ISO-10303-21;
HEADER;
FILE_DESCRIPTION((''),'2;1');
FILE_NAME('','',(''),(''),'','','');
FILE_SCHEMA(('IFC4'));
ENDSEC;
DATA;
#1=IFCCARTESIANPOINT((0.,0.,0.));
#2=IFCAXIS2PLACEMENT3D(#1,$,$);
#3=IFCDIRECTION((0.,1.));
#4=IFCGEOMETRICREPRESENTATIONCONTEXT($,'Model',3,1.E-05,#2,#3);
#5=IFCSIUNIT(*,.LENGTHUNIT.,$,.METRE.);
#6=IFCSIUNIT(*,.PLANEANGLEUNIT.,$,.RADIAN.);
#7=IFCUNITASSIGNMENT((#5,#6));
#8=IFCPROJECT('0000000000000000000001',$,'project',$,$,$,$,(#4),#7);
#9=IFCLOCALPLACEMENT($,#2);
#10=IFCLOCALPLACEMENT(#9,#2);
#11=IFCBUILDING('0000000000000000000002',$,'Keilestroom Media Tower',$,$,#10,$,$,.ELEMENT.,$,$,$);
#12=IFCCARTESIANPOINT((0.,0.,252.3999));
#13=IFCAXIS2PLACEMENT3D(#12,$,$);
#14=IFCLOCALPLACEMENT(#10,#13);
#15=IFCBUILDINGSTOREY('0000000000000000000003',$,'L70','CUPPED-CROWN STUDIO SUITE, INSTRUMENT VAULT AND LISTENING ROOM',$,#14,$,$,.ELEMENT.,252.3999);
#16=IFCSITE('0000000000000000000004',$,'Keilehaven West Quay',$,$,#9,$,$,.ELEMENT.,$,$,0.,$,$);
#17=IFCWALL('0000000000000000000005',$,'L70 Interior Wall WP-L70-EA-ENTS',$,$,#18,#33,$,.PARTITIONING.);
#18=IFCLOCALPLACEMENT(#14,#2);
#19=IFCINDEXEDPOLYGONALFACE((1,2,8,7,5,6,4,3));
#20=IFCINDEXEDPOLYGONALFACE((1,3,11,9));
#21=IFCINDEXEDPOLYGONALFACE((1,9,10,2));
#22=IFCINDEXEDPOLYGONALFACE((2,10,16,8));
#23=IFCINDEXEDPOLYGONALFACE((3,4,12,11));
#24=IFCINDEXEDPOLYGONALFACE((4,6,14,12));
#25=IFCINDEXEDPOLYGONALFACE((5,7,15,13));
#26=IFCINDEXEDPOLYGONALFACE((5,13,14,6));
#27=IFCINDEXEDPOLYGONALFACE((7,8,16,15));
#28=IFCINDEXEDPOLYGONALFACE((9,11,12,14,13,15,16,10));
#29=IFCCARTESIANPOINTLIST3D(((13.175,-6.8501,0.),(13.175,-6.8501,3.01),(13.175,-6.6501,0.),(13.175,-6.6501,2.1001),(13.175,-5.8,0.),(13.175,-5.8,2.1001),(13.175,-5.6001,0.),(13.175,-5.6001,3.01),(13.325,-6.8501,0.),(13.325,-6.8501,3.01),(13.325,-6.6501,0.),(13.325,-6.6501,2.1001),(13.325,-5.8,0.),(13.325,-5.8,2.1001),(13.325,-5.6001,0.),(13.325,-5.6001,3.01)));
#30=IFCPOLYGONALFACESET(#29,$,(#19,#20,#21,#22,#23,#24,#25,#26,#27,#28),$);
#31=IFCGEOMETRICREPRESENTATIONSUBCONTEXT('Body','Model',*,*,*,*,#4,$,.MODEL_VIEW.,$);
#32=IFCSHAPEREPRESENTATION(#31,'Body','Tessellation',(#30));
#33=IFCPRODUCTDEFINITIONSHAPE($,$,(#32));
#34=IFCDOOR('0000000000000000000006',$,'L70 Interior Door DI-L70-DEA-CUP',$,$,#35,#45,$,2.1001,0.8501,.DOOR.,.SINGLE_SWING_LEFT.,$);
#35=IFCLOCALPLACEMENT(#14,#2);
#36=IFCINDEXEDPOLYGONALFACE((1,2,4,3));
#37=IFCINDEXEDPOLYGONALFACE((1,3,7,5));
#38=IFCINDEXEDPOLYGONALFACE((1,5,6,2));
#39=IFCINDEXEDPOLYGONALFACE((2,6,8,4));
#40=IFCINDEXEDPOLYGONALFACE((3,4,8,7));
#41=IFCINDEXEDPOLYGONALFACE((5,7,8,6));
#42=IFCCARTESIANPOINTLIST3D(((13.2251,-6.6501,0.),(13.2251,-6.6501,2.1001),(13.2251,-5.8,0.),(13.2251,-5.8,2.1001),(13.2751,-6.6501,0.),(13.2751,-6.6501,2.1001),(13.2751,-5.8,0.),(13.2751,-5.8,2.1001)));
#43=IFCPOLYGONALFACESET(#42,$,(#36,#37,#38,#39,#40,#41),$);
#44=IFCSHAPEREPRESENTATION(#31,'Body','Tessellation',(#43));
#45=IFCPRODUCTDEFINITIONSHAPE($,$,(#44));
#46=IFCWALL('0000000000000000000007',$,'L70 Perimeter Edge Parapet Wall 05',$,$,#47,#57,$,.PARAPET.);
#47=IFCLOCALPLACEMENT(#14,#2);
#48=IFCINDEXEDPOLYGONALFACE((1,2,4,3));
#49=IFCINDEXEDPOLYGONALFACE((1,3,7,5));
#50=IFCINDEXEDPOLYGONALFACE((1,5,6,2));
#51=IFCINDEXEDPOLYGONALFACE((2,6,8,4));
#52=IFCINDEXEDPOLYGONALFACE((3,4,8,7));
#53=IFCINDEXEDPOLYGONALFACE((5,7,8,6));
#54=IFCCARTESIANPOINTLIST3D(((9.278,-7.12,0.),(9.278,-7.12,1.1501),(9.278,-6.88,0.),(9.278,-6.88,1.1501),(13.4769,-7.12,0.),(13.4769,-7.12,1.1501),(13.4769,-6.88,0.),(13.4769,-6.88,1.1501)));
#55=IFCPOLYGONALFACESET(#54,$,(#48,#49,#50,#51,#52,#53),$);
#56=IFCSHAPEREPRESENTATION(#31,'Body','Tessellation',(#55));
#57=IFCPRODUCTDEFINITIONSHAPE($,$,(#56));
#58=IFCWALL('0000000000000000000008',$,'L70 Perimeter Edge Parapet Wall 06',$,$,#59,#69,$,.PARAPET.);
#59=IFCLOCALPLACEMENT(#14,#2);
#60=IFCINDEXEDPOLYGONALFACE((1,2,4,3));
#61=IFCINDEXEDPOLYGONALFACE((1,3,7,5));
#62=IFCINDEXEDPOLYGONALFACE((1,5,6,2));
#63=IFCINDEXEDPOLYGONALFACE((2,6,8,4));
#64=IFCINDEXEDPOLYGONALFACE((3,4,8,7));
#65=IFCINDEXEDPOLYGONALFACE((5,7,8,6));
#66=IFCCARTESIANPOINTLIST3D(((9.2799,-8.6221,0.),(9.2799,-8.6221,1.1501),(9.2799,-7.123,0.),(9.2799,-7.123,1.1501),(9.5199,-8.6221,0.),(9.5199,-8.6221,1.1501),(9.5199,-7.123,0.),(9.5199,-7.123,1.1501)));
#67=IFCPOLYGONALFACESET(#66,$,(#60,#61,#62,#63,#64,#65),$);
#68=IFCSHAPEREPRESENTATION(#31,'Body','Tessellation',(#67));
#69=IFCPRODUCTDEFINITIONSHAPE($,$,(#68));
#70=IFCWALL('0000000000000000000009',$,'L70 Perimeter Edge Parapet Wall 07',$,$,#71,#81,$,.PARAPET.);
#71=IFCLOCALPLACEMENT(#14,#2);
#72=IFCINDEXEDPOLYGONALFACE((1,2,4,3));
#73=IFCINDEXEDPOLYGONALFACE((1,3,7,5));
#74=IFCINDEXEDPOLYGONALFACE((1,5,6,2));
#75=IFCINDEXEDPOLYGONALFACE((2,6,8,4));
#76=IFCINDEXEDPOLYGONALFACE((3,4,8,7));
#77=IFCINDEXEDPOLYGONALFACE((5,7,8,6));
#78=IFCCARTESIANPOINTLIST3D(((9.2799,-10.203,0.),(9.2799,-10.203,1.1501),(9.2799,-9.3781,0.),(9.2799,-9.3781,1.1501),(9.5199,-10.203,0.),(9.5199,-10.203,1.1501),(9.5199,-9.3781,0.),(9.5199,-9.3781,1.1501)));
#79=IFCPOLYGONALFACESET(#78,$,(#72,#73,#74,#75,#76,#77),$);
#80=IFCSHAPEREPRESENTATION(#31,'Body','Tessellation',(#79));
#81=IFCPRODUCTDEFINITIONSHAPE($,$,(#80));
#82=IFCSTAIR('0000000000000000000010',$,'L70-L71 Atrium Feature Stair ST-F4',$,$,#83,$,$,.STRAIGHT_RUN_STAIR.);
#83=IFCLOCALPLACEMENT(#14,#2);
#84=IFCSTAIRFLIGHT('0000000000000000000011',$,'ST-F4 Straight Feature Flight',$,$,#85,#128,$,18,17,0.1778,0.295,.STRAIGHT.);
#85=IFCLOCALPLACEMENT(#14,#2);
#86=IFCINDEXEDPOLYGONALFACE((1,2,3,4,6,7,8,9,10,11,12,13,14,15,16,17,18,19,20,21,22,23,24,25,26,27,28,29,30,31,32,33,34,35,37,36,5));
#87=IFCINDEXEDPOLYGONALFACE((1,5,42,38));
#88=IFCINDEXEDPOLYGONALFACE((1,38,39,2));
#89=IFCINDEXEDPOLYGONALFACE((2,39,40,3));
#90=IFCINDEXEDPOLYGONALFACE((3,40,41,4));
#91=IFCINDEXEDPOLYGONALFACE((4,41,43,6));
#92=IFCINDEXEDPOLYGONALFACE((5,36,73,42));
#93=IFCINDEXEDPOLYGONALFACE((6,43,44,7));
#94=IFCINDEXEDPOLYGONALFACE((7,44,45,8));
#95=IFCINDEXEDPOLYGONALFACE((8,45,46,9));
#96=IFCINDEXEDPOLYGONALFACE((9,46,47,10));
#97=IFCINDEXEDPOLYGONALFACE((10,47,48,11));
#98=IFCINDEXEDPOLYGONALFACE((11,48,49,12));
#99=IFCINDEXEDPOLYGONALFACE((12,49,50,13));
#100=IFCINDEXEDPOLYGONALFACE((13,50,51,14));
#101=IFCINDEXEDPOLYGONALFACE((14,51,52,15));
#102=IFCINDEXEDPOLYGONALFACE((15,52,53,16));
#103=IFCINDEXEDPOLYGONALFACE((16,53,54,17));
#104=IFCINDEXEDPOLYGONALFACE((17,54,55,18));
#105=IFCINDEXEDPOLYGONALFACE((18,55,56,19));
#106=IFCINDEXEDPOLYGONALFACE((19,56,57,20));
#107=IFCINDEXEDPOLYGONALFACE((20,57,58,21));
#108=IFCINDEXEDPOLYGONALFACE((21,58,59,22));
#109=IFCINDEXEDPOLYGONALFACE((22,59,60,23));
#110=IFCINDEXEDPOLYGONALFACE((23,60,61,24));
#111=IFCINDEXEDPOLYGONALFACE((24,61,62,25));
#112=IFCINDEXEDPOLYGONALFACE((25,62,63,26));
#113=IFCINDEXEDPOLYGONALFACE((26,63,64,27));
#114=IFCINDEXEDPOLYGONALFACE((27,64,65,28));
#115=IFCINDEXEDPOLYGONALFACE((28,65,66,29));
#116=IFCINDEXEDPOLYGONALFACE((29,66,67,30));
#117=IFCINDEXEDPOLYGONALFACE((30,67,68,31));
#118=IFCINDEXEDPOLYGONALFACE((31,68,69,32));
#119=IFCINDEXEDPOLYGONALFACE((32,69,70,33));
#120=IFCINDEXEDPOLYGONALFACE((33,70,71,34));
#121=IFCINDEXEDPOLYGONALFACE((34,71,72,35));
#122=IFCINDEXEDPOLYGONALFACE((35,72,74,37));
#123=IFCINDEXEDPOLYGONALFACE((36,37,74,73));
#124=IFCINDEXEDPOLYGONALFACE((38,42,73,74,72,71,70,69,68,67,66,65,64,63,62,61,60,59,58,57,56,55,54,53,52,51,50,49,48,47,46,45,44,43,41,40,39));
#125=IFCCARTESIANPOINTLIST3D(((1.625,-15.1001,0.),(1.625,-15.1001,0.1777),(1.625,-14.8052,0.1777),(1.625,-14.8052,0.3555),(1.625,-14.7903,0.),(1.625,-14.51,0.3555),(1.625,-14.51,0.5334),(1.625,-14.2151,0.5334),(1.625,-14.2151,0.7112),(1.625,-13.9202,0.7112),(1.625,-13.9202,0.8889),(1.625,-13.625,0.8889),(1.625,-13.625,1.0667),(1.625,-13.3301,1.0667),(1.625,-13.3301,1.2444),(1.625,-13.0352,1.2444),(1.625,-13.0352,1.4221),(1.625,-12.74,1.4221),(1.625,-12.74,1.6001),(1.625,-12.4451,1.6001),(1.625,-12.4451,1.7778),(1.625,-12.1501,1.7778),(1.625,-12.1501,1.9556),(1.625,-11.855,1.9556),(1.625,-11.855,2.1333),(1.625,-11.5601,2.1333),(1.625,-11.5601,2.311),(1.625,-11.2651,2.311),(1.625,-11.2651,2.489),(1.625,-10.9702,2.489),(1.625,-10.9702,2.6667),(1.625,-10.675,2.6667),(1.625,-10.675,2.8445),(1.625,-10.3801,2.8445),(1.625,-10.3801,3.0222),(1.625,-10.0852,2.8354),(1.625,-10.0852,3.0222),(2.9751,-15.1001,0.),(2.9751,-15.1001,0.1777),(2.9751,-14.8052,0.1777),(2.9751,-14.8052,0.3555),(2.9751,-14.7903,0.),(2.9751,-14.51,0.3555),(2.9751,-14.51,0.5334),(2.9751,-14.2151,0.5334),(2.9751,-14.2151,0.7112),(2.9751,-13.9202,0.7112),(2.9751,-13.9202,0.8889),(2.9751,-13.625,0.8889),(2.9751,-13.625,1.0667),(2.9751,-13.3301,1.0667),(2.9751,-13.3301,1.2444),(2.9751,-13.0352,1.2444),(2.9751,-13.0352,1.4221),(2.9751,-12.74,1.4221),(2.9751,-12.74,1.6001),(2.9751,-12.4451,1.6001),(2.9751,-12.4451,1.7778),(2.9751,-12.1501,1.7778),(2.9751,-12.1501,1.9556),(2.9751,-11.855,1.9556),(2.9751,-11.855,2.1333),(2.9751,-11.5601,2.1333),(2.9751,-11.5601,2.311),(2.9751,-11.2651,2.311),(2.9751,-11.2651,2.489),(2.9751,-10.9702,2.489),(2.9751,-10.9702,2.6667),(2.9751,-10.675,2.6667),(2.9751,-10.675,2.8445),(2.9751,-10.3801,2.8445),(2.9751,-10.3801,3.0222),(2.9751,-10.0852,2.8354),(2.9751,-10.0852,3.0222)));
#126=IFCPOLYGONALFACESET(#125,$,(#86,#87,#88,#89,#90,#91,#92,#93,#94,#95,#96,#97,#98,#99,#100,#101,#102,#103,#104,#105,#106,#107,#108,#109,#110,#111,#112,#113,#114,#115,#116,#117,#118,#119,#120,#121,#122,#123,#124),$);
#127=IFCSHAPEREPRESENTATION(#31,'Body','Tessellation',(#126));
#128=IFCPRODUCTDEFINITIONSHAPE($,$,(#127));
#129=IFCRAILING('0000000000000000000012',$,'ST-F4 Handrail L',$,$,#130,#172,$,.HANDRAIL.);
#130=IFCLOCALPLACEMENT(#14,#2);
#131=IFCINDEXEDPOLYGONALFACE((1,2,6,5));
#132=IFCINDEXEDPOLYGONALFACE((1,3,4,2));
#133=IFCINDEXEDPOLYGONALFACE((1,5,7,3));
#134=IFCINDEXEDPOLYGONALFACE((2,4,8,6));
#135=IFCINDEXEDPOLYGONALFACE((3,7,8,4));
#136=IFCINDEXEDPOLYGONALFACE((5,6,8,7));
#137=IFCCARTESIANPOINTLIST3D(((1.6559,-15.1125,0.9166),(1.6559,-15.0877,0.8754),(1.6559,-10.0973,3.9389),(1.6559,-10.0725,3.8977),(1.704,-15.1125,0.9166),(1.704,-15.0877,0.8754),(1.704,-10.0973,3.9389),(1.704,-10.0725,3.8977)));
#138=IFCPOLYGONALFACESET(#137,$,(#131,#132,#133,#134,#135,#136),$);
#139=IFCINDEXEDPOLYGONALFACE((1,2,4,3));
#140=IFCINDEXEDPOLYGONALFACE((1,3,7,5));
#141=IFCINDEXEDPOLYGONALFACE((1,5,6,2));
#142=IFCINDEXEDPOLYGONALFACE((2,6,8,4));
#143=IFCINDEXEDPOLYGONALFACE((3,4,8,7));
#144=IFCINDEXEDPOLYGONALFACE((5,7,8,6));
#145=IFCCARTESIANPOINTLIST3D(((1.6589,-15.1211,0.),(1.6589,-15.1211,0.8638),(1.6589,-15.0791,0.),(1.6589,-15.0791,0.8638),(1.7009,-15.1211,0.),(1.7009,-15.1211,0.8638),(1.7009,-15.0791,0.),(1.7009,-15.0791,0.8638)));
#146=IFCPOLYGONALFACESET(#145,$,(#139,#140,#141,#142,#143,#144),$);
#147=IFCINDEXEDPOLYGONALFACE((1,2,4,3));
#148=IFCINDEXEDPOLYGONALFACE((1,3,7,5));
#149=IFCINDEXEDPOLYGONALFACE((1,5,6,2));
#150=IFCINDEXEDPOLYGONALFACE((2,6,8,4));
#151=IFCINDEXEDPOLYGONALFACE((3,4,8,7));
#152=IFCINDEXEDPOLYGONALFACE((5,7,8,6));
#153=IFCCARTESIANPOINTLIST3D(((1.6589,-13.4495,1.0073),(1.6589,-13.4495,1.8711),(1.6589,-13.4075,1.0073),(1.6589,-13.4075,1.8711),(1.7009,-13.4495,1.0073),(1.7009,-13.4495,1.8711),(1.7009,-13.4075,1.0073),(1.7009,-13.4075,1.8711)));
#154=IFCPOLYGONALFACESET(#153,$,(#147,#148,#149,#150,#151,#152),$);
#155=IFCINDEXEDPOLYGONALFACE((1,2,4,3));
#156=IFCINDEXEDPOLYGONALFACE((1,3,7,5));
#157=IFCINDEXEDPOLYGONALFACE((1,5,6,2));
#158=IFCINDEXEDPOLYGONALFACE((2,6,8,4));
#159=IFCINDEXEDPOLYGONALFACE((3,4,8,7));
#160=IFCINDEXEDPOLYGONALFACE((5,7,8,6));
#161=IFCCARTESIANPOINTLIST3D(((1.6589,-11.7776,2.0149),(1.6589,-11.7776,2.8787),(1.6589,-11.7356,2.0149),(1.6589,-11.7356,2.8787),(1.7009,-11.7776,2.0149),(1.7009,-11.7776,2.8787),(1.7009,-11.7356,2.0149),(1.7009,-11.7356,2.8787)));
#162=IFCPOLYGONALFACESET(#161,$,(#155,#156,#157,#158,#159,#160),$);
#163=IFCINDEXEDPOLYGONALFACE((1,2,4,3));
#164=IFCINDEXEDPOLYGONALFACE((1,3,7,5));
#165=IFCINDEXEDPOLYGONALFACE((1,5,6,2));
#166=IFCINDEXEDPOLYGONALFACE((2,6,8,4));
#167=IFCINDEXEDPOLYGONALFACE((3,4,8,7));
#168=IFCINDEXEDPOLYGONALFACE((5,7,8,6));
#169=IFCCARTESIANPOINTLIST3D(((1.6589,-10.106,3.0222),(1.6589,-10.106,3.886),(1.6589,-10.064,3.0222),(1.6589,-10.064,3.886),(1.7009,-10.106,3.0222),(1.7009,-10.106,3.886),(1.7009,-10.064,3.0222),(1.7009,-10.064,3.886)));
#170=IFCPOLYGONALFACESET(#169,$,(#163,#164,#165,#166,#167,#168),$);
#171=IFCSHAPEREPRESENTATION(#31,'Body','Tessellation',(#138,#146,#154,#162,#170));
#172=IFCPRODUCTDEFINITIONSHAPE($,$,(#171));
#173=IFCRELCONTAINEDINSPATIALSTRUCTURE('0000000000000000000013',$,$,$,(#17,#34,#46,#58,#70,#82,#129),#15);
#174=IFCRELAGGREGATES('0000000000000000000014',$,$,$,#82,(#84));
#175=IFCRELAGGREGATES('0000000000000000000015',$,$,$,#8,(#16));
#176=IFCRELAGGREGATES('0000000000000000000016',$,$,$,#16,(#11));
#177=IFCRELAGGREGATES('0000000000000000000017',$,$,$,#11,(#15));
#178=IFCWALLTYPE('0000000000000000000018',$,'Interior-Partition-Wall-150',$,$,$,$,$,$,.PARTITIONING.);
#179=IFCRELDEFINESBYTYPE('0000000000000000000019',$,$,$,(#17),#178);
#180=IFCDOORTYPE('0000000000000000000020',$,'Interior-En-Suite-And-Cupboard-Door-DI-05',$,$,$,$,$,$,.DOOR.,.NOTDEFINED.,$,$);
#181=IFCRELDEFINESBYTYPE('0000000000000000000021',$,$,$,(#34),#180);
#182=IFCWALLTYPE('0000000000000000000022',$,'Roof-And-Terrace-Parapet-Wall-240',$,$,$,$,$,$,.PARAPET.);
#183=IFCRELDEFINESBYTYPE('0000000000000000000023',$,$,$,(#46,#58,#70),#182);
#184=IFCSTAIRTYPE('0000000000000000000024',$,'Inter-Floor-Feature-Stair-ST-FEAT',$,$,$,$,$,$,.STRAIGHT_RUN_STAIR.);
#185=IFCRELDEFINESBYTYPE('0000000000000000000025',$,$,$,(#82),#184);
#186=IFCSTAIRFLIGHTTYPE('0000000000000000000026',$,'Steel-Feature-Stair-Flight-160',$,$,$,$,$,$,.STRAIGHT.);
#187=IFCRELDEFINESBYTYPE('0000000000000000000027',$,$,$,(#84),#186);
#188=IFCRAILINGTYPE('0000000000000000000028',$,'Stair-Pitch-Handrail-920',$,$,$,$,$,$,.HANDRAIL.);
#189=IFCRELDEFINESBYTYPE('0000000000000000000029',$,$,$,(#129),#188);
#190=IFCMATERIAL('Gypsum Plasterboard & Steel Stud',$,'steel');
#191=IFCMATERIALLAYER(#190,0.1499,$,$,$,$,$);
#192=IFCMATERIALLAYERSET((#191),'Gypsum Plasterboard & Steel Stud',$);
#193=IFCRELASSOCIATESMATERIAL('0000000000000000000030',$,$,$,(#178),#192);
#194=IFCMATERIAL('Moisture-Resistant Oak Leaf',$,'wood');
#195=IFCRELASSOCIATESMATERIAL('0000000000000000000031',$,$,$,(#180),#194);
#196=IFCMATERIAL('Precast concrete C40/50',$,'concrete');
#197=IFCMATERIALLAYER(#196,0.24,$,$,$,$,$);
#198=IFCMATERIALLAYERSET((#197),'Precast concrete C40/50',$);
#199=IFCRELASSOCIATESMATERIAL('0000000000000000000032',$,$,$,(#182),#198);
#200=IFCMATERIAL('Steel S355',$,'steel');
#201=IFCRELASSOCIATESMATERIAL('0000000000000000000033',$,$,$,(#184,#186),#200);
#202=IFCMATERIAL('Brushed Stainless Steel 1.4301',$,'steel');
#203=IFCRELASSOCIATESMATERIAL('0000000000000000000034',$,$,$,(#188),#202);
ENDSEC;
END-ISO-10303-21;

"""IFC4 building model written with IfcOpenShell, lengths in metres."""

from ifc_helpers import new_model, si_unit, direction, frame, frame_2d, origin, origin_2d, place, context, subcontext, project, spatial, polyline, rectangle, outline, extrude, source, transform, mapped, material, layer, layer_set, type_object, element, fill, aggregate, save


model = new_model("IFC4")

# Units and contexts
model_context = context("Model", 3, precision=1e-05, world=origin(), true_north=direction((0.0, 1.0)))
body_context = subcontext(model_context, "Body", "Model", "MODEL_VIEW")
ifc_project = project(units=[si_unit("LENGTHUNIT", "METRE"), si_unit("PLANEANGLEUNIT", "RADIAN")], contexts=[model_context])

# Site, building, storey
site_placement = place(None, origin())
site = spatial("IfcSite", under=ifc_project, at=site_placement, Name="Keilehaven West Quay", CompositionType="ELEMENT", RefElevation=0.0)
building_placement = place(site_placement, origin())
building = spatial("IfcBuilding", under=site, at=building_placement, Name="Keilestroom Media Tower", CompositionType="ELEMENT")
storey_placement = place(building_placement, frame((0.0, 0.0, 252.3999)))
storey = spatial("IfcBuildingStorey", under=building, at=storey_placement, Name="L70", Description="CUPPED-CROWN STUDIO SUITE, INSTRUMENT VAULT AND LISTENING ROOM", CompositionType="ELEMENT", Elevation=252.3999)

# Shared definitions
ifc_material_1 = material(Name="Steel S355", Category="steel")

# Shared definitions
ifc_material_2 = material(Name="Precast concrete C40/50", Category="concrete")
ifc_material_3 = material(Name="Gypsum Plasterboard & Steel Stud", Category="steel")
ifc_layer_1 = layer(ifc_material_3, 0.1499)
ifc_layer_set_1 = layer_set([ifc_layer_1], Name="Gypsum Plasterboard & Steel Stud")
wall_type_1 = type_object("IfcWallType", Name="Interior-Partition-Wall-150", PredefinedType="PARTITIONING", material=ifc_layer_set_1)

# Wall, opening, door
wall_1_placement = place(storey_placement, frame((13.25, -6.8501, 0.0), z_axis=(0.0, 0.0, 1.0), x_axis=(0.0, 1.0, 0.0)))
wall_1 = element("IfcWall", 1, at=wall_1_placement, inside=storey, type_object=wall_type_1, Name="L70 Interior Wall WP-L70-EA-ENTS", PredefinedType="PARTITIONING", context=body_context, shape_type="SweptSolid", body=[
    extrude(rectangle(XDim=1.25, YDim=0.1499, at=frame_2d((0.625, 0.0))), origin(), (0.0, 0.0, 1.0), 3.01),
])
opening_placement = place(wall_1_placement, frame((0.2, 0.0, 0.0)))
opening = element("IfcOpeningElement", 2, at=opening_placement, cuts=wall_1, PredefinedType="OPENING", context=body_context, shape_type="SweptSolid", body=[
    extrude(rectangle(XDim=0.8501, YDim=2.1001, at=frame_2d((0.425, 1.05))), frame((0.0, 0.085, 0.0), z_axis=(0.0, -1.0, 0.0), x_axis=(1.0, 0.0, 0.0)), (0.0, 0.0, 1.0), 0.1699),
])
ifc_material_4 = material(Name="Moisture-Resistant Oak Leaf", Category="wood")
door_type = type_object("IfcDoorType", Name="Interior-En-Suite-And-Cupboard-Door-DI-05", OperationType="NOTDEFINED", PredefinedType="DOOR", material=ifc_material_4)
shared_shape_1 = source(origin(), body_context, "Body", "SweptSolid", [
    extrude(rectangle(XDim=0.8501, YDim=2.1001, at=frame_2d((0.425, 1.05))), frame((0.0, 0.0249, 0.0), z_axis=(0.0, -1.0, 0.0), x_axis=(1.0, 0.0, 0.0)), (0.0, 0.0, 1.0), 0.05),
])
door_placement = place(opening_placement, origin())
door = element("IfcDoor", 3, at=door_placement, inside=storey, type_object=door_type, Name="L70 Interior Door DI-L70-DEA-CUP", OperationType="SINGLE_SWING_LEFT", OverallHeight=2.1001, OverallWidth=0.8501, PredefinedType="DOOR", context=body_context, shape_type="MappedRepresentation", body=[
    mapped(shared_shape_1, transform((0.0, 0.0, 0.0), x_axis=(1.0, 0.0, 0.0), y_axis=(0.0, 1.0, 0.0), z_axis=(0.0, 0.0, 1.0), scale=1.0)),
])
fill(opening, door)

# Walls
ifc_layer_2 = layer(ifc_material_2, 0.24)
ifc_layer_set_2 = layer_set([ifc_layer_2], Name="Precast concrete C40/50")
wall_type_2 = type_object("IfcWallType", Name="Roof-And-Terrace-Parapet-Wall-240", PredefinedType="PARAPET", material=ifc_layer_set_2)
wall_2_placement = place(storey_placement, frame((13.4771, -7.0, 0.0), z_axis=(0.0, 0.0, 1.0), x_axis=(-1.0, 0.0, 0.0)))
element("IfcWall", 4, at=wall_2_placement, inside=storey, type_object=wall_type_2, Name="L70 Perimeter Edge Parapet Wall 05", PredefinedType="PARAPET", context=body_context, shape_type="SweptSolid", body=[
    extrude(rectangle(XDim=4.199, YDim=0.24, at=frame_2d((2.0996, 0.0))), origin(), (0.0, 0.0, 1.0), 1.1501),
])
wall_3_placement = place(storey_placement, frame((9.3999, -7.123, 0.0), z_axis=(0.0, 0.0, 1.0), x_axis=(0.0, -1.0, 0.0)))
element("IfcWall", 5, at=wall_3_placement, inside=storey, type_object=wall_type_2, Name="L70 Perimeter Edge Parapet Wall 06", PredefinedType="PARAPET", context=body_context, shape_type="SweptSolid", body=[
    extrude(rectangle(XDim=1.499, YDim=0.24, at=frame_2d((0.7495, 0.0))), origin(), (0.0, 0.0, 1.0), 1.1501),
])
wall_4_placement = place(storey_placement, frame((9.3999, -9.3779, 0.0), z_axis=(0.0, 0.0, 1.0), x_axis=(0.0, -1.0, 0.0)))
element("IfcWall", 6, at=wall_4_placement, inside=storey, type_object=wall_type_2, Name="L70 Perimeter Edge Parapet Wall 07", PredefinedType="PARAPET", context=body_context, shape_type="SweptSolid", body=[
    extrude(rectangle(XDim=0.825, YDim=0.24, at=frame_2d((0.4126, 0.0))), origin(), (0.0, 0.0, 1.0), 1.1501),
])

# Stair, stair flight
stair_type = type_object("IfcStairType", Name="Inter-Floor-Feature-Stair-ST-FEAT", PredefinedType="STRAIGHT_RUN_STAIR", material=ifc_material_1)
stair_placement = place(storey_placement, origin())
stair = element("IfcStair", 7, at=stair_placement, inside=storey, type_object=stair_type, Name="L70-L71 Atrium Feature Stair ST-F4", PredefinedType="STRAIGHT_RUN_STAIR")
stair_flight_type = type_object("IfcStairFlightType", Name="Steel-Feature-Stair-Flight-160", PredefinedType="STRAIGHT", material=ifc_material_1)
stair_flight_placement = place(storey_placement, frame((2.3, -15.1001, 0.0), z_axis=(0.0, 0.0, 1.0), x_axis=(0.0, 1.0, 0.0)))
stair_flight = element("IfcStairFlight", 8, at=stair_flight_placement, type_object=stair_flight_type, Name="ST-F4 Straight Feature Flight", NumberOfRisers=18, NumberOfTreads=17, PredefinedType="STRAIGHT", RiserHeight=0.1778, TreadLength=0.295, context=body_context, shape_type="SweptSolid", body=[
    extrude(outline(polyline([(0.0, 0.0), (0.0, 0.1777), (0.2949, 0.1777), (0.2949, 0.3555), (0.5901, 0.3555), (0.5901, 0.5334), (0.885, 0.5334), (0.885, 0.7112), (1.1799, 0.7112), (1.1799, 0.8889), (1.4751, 0.8889), (1.4751, 1.0667), (1.77, 1.0667), (1.77, 1.2444), (2.0649, 1.2444), (2.0649, 1.4221), (2.3601, 1.4221), (2.3601, 1.6001), (2.655, 1.6001), (2.655, 1.7778), (2.95, 1.7778), (2.95, 1.9556), (3.2451, 1.9556), (3.2451, 2.1333), (3.54, 2.1333), (3.54, 2.311), (3.835, 2.311), (3.835, 2.489), (4.1299, 2.489), (4.1299, 2.6667), (4.425, 2.6667), (4.425, 2.8445), (4.72, 2.8445), (4.72, 3.0222), (5.0149, 3.0222), (5.0149, 3.2), (5.0149, 2.8354), (0.3098, 0.0), (0.0, 0.0)])), frame((0.0, 0.675, 0.0), z_axis=(0.0, -1.0, 0.0), x_axis=(1.0, 0.0, 0.0)), (0.0, 0.0, 1.0), 1.3501),
])
aggregate(stair, [stair_flight])

# Railing
ifc_material_5 = material(Name="Brushed Stainless Steel 1.4301", Category="steel")
railing_type = type_object("IfcRailingType", Name="Stair-Pitch-Handrail-920", PredefinedType="HANDRAIL", material=ifc_material_5)
for number, where, name in (
    (9, (1.6799, -15.1001, 0.0), "ST-F4 Handrail L"),
):
    element("IfcRailing", number, at=place(storey_placement, frame(where)), inside=storey, type_object=railing_type, Name=name, PredefinedType="HANDRAIL", context=body_context, shape_type="SweptSolid", body=[
        extrude(rectangle(XDim=0.0481, YDim=0.0481, at=origin_2d()), frame((0.0, 0.0, 0.896), z_axis=(0.0, 0.856502, 0.516144), x_axis=(-1.0, 0.0, 0.0)), (0.0, 0.0, 1.0), 5.8555),
        extrude(rectangle(XDim=0.042, YDim=0.042, at=origin_2d()), origin(), (0.0, 0.0, 1.0), 0.8638),
        extrude(rectangle(XDim=0.042, YDim=0.042, at=origin_2d()), frame((0.0, 1.6716, 1.0073)), (0.0, 0.0, 1.0), 0.8638),
        extrude(rectangle(XDim=0.042, YDim=0.042, at=origin_2d()), frame((0.0, 3.3435, 2.0149)), (0.0, 0.0, 1.0), 0.8638),
        extrude(rectangle(XDim=0.042, YDim=0.042, at=origin_2d()), frame((0.0, 5.0151, 3.0222)), (0.0, 0.0, 1.0), 0.8638),
    ])

save(model, "model.ifc")
